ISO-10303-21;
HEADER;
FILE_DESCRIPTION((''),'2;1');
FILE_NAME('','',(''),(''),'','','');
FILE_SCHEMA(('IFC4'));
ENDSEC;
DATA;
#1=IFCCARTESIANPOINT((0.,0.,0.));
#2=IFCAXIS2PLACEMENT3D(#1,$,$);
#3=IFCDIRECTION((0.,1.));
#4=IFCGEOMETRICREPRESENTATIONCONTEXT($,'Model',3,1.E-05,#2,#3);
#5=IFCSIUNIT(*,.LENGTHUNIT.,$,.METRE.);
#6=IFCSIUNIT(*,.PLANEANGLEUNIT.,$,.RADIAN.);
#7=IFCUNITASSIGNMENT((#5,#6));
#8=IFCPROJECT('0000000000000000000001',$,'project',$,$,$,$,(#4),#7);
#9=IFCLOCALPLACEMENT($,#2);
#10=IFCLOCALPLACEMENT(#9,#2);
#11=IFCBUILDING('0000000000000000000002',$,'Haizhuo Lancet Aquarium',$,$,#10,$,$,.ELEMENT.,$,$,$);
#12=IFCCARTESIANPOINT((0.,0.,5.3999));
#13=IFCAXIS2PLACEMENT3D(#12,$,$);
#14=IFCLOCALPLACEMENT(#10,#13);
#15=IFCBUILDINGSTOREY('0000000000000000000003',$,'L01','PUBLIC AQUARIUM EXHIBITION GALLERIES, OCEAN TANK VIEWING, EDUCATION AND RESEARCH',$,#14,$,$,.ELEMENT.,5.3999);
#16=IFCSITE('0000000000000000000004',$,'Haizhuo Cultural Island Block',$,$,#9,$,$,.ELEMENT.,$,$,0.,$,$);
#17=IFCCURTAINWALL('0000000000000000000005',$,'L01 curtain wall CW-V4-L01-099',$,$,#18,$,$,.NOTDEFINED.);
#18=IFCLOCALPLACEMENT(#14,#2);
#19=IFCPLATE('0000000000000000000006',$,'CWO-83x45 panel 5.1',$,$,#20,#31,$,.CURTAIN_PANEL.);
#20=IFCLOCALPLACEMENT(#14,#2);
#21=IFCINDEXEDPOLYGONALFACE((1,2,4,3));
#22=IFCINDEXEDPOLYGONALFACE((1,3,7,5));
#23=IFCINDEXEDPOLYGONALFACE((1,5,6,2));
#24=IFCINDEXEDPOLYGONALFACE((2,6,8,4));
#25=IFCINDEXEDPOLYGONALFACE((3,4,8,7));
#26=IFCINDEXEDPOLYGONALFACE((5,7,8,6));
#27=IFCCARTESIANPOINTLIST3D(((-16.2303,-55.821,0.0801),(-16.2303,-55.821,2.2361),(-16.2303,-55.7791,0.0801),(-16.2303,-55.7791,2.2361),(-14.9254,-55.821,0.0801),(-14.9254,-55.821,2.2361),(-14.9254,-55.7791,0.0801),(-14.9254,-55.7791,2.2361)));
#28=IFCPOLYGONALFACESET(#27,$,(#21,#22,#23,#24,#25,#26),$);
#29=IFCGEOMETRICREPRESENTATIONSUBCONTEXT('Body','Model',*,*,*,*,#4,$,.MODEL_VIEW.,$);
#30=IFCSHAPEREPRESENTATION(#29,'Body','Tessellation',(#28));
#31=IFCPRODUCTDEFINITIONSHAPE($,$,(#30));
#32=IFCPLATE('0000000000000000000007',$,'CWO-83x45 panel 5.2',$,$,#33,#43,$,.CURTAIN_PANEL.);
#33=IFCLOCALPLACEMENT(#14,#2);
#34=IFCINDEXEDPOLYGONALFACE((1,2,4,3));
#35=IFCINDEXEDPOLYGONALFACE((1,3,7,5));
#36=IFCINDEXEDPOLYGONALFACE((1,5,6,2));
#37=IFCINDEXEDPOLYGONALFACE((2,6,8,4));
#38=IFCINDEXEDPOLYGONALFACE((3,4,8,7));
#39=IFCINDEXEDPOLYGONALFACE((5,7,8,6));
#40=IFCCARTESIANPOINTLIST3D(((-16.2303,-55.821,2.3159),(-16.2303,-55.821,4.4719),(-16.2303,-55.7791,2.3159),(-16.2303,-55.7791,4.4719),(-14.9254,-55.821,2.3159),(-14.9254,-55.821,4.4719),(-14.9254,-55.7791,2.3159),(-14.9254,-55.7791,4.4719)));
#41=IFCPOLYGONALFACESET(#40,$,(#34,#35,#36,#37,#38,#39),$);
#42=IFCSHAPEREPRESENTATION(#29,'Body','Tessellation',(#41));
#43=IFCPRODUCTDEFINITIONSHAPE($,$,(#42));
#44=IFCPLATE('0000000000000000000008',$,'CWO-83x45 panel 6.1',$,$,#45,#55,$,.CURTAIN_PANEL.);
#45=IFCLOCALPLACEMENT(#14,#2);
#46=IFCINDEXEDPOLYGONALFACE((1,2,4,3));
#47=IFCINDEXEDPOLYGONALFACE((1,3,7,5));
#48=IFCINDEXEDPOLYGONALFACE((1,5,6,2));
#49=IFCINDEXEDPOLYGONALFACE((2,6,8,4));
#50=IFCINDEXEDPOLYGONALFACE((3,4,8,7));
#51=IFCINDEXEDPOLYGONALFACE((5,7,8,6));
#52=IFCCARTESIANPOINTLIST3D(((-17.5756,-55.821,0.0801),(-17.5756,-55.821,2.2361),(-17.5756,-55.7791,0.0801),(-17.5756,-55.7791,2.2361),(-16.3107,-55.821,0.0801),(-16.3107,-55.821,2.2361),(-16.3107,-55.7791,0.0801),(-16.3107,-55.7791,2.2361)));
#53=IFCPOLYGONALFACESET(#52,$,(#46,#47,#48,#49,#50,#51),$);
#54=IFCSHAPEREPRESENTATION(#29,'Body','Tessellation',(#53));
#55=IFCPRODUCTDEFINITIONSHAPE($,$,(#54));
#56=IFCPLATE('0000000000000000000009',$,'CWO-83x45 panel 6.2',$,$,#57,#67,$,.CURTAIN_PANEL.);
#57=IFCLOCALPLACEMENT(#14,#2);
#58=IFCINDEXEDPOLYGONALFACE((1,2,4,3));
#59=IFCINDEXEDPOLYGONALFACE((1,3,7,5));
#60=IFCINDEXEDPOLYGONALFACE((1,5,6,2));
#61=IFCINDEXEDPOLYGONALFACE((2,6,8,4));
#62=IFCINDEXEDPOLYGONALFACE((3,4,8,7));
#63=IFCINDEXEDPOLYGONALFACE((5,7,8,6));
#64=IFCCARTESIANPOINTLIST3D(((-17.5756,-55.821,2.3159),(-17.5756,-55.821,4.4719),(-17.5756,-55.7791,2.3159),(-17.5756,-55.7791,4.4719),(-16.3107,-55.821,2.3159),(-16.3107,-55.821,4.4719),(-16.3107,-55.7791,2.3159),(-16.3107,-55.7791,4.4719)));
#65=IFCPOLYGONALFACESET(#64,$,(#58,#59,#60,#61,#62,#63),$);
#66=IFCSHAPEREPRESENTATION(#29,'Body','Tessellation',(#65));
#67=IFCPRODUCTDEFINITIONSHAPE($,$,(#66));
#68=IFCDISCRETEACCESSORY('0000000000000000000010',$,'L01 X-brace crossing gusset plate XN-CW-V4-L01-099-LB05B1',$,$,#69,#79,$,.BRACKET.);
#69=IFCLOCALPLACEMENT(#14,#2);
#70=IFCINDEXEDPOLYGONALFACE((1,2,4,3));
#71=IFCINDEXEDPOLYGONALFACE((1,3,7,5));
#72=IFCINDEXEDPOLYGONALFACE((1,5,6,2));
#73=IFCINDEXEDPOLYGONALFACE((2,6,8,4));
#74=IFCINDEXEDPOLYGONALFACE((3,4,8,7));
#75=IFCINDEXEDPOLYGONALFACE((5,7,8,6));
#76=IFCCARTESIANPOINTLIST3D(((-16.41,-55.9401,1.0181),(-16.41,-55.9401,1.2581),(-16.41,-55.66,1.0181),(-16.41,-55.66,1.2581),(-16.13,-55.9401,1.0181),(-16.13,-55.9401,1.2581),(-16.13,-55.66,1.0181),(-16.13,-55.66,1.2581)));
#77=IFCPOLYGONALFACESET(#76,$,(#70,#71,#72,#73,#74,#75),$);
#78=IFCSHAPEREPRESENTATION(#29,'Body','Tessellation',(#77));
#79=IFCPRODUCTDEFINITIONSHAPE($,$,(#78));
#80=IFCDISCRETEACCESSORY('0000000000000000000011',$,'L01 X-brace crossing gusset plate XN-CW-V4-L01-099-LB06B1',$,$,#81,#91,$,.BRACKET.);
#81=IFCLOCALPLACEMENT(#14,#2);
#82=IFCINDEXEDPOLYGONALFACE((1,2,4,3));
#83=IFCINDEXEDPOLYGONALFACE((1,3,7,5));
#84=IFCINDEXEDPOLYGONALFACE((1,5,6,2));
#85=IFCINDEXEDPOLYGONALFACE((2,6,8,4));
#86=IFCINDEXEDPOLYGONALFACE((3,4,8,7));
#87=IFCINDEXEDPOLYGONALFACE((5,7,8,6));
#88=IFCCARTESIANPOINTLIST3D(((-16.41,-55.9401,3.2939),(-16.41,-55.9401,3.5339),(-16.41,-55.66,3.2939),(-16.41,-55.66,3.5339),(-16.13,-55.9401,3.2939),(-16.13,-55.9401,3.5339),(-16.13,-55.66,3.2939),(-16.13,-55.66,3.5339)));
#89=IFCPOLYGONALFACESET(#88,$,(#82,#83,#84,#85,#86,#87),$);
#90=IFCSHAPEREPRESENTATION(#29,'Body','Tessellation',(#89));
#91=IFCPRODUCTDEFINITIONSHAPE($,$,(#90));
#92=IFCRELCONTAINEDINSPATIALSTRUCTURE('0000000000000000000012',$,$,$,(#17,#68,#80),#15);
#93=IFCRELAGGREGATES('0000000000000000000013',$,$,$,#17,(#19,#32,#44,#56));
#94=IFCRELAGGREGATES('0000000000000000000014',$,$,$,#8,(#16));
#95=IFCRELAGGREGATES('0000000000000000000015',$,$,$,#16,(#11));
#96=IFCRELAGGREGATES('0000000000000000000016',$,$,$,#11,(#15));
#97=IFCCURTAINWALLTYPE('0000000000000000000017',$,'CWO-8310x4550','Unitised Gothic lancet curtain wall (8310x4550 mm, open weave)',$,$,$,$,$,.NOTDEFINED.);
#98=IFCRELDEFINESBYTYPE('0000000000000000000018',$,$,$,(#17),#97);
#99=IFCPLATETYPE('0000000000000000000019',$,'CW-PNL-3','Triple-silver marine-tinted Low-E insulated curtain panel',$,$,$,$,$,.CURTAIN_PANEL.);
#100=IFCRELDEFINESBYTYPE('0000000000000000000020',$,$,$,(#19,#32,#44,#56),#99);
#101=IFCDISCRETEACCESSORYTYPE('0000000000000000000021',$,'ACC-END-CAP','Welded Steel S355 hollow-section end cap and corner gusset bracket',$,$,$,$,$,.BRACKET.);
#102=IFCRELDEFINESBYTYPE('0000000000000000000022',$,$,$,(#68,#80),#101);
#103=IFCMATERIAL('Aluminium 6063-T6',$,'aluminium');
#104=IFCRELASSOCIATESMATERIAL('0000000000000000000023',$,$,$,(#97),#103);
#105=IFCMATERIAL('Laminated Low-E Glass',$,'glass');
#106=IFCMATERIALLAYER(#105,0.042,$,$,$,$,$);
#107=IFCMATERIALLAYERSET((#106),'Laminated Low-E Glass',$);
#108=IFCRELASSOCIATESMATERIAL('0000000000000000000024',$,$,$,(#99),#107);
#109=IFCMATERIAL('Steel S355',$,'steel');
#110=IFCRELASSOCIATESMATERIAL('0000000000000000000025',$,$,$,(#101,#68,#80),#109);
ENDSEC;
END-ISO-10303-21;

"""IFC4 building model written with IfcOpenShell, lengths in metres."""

from ifc_helpers import new_model, si_unit, direction, frame, origin, origin_2d, place, context, subcontext, project, spatial, rectangle, extrude, material, layer, layer_set, type_object, element, aggregate, save


model = new_model("IFC4")

# Units and contexts
model_context = context("Model", 3, precision=1e-05, world=origin(), true_north=direction((0.0, 1.0)))
body_context = subcontext(model_context, "Body", "Model", "MODEL_VIEW")
ifc_project = project(units=[si_unit("LENGTHUNIT", "METRE"), si_unit("PLANEANGLEUNIT", "RADIAN")], contexts=[model_context])

# Site, building, storey
site_placement = place(None, origin())
site = spatial("IfcSite", under=ifc_project, at=site_placement, Name="Haizhuo Cultural Island Block", CompositionType="ELEMENT", RefElevation=0.0)
building_placement = place(site_placement, origin())
building = spatial("IfcBuilding", under=site, at=building_placement, Name="Haizhuo Lancet Aquarium", CompositionType="ELEMENT")
storey_placement = place(building_placement, frame((0.0, 0.0, 5.3999)))
storey = spatial("IfcBuildingStorey", under=building, at=storey_placement, Name="L01", Description="PUBLIC AQUARIUM EXHIBITION GALLERIES, OCEAN TANK VIEWING, EDUCATION AND RESEARCH", CompositionType="ELEMENT", Elevation=5.3999)

# Shared definitions
ifc_material_1 = material(Name="Steel S355", Category="steel")

# Curtain wall
ifc_material_2 = material(Name="Aluminium 6063-T6", Category="aluminium")
curtain_wall_type = type_object("IfcCurtainWallType", Name="CWO-8310x4550", Description="Unitised Gothic lancet curtain wall (8310x4550 mm, open weave)", PredefinedType="NOTDEFINED", material=ifc_material_2)
curtain_wall_placement = place(storey_placement, origin())
curtain_wall = element("IfcCurtainWall", 1, at=curtain_wall_placement, inside=storey, type_object=curtain_wall_type, Name="L01 curtain wall CW-V4-L01-099", PredefinedType="NOTDEFINED")

# Plates
ifc_material_3 = material(Name="Laminated Low-E Glass", Category="glass")
ifc_layer = layer(ifc_material_3, 0.042)
ifc_layer_set = layer_set([ifc_layer], Name="Laminated Low-E Glass")
plate_type = type_object("IfcPlateType", Name="CW-PNL-3", Description="Triple-silver marine-tinted Low-E insulated curtain panel", PredefinedType="CURTAIN_PANEL", material=ifc_layer_set)
plate_1_placement = place(storey_placement, frame((-15.5779, -55.8, 0.0801), z_axis=(0.0, 0.0, 1.0), x_axis=(-1.0, 0.0, 0.0)))
plate_1 = element("IfcPlate", 2, at=plate_1_placement, type_object=plate_type, Name="CWO-83x45 panel 5.1", PredefinedType="CURTAIN_PANEL", context=body_context, shape_type="SweptSolid", body=[
    extrude(rectangle(XDim=1.3049, YDim=0.042, at=origin_2d()), origin(), (0.0, 0.0, 1.0), 2.156),
])
plate_2_placement = place(storey_placement, frame((-15.5779, -55.8, 2.3159), z_axis=(0.0, 0.0, 1.0), x_axis=(-1.0, 0.0, 0.0)))
plate_2 = element("IfcPlate", 3, at=plate_2_placement, type_object=plate_type, Name="CWO-83x45 panel 5.2", PredefinedType="CURTAIN_PANEL", context=body_context, shape_type="SweptSolid", body=[
    extrude(rectangle(XDim=1.3049, YDim=0.042, at=origin_2d()), origin(), (0.0, 0.0, 1.0), 2.156),
])
plate_3_placement = place(storey_placement, frame((-16.9431, -55.8, 0.0801), z_axis=(0.0, 0.0, 1.0), x_axis=(-1.0, 0.0, 0.0)))
plate_3 = element("IfcPlate", 4, at=plate_3_placement, type_object=plate_type, Name="CWO-83x45 panel 6.1", PredefinedType="CURTAIN_PANEL", context=body_context, shape_type="SweptSolid", body=[
    extrude(rectangle(XDim=1.2649, YDim=0.042, at=origin_2d()), origin(), (0.0, 0.0, 1.0), 2.156),
])
plate_4_placement = place(storey_placement, frame((-16.9431, -55.8, 2.3159), z_axis=(0.0, 0.0, 1.0), x_axis=(-1.0, 0.0, 0.0)))
plate_4 = element("IfcPlate", 5, at=plate_4_placement, type_object=plate_type, Name="CWO-83x45 panel 6.2", PredefinedType="CURTAIN_PANEL", context=body_context, shape_type="SweptSolid", body=[
    extrude(rectangle(XDim=1.2649, YDim=0.042, at=origin_2d()), origin(), (0.0, 0.0, 1.0), 2.156),
])
aggregate(curtain_wall, [plate_1, plate_2, plate_3, plate_4])

# Discrete accessories
discrete_accessory_type = type_object("IfcDiscreteAccessoryType", Name="ACC-END-CAP", Description="Welded Steel S355 hollow-section end cap and corner gusset bracket", PredefinedType="BRACKET", material=ifc_material_1)
for number, where, z_axis, x_axis, name in (
    (6, (-16.27, -55.8, 1.0181), (0.0, 0.0, 1.0), (1.0, 0.0, 0.0), "L01 X-brace crossing gusset plate XN-CW-V4-L01-099-LB05B1"),
    (7, (-16.27, -55.8, 3.2939), (0.0, 0.0, 1.0), (1.0, 0.0, 0.0), "L01 X-brace crossing gusset plate XN-CW-V4-L01-099-LB06B1"),
):
    element("IfcDiscreteAccessory", number, at=place(storey_placement, frame(where, z_axis=z_axis, x_axis=x_axis)), inside=storey, type_object=discrete_accessory_type, material=ifc_material_1, Name=name, PredefinedType="BRACKET", context=body_context, shape_type="SweptSolid", body=[
        extrude(rectangle(XDim=0.28, YDim=0.28, at=origin_2d()), origin(), (0.0, 0.0, 1.0), 0.24),
    ])

save(model, "model.ifc")
